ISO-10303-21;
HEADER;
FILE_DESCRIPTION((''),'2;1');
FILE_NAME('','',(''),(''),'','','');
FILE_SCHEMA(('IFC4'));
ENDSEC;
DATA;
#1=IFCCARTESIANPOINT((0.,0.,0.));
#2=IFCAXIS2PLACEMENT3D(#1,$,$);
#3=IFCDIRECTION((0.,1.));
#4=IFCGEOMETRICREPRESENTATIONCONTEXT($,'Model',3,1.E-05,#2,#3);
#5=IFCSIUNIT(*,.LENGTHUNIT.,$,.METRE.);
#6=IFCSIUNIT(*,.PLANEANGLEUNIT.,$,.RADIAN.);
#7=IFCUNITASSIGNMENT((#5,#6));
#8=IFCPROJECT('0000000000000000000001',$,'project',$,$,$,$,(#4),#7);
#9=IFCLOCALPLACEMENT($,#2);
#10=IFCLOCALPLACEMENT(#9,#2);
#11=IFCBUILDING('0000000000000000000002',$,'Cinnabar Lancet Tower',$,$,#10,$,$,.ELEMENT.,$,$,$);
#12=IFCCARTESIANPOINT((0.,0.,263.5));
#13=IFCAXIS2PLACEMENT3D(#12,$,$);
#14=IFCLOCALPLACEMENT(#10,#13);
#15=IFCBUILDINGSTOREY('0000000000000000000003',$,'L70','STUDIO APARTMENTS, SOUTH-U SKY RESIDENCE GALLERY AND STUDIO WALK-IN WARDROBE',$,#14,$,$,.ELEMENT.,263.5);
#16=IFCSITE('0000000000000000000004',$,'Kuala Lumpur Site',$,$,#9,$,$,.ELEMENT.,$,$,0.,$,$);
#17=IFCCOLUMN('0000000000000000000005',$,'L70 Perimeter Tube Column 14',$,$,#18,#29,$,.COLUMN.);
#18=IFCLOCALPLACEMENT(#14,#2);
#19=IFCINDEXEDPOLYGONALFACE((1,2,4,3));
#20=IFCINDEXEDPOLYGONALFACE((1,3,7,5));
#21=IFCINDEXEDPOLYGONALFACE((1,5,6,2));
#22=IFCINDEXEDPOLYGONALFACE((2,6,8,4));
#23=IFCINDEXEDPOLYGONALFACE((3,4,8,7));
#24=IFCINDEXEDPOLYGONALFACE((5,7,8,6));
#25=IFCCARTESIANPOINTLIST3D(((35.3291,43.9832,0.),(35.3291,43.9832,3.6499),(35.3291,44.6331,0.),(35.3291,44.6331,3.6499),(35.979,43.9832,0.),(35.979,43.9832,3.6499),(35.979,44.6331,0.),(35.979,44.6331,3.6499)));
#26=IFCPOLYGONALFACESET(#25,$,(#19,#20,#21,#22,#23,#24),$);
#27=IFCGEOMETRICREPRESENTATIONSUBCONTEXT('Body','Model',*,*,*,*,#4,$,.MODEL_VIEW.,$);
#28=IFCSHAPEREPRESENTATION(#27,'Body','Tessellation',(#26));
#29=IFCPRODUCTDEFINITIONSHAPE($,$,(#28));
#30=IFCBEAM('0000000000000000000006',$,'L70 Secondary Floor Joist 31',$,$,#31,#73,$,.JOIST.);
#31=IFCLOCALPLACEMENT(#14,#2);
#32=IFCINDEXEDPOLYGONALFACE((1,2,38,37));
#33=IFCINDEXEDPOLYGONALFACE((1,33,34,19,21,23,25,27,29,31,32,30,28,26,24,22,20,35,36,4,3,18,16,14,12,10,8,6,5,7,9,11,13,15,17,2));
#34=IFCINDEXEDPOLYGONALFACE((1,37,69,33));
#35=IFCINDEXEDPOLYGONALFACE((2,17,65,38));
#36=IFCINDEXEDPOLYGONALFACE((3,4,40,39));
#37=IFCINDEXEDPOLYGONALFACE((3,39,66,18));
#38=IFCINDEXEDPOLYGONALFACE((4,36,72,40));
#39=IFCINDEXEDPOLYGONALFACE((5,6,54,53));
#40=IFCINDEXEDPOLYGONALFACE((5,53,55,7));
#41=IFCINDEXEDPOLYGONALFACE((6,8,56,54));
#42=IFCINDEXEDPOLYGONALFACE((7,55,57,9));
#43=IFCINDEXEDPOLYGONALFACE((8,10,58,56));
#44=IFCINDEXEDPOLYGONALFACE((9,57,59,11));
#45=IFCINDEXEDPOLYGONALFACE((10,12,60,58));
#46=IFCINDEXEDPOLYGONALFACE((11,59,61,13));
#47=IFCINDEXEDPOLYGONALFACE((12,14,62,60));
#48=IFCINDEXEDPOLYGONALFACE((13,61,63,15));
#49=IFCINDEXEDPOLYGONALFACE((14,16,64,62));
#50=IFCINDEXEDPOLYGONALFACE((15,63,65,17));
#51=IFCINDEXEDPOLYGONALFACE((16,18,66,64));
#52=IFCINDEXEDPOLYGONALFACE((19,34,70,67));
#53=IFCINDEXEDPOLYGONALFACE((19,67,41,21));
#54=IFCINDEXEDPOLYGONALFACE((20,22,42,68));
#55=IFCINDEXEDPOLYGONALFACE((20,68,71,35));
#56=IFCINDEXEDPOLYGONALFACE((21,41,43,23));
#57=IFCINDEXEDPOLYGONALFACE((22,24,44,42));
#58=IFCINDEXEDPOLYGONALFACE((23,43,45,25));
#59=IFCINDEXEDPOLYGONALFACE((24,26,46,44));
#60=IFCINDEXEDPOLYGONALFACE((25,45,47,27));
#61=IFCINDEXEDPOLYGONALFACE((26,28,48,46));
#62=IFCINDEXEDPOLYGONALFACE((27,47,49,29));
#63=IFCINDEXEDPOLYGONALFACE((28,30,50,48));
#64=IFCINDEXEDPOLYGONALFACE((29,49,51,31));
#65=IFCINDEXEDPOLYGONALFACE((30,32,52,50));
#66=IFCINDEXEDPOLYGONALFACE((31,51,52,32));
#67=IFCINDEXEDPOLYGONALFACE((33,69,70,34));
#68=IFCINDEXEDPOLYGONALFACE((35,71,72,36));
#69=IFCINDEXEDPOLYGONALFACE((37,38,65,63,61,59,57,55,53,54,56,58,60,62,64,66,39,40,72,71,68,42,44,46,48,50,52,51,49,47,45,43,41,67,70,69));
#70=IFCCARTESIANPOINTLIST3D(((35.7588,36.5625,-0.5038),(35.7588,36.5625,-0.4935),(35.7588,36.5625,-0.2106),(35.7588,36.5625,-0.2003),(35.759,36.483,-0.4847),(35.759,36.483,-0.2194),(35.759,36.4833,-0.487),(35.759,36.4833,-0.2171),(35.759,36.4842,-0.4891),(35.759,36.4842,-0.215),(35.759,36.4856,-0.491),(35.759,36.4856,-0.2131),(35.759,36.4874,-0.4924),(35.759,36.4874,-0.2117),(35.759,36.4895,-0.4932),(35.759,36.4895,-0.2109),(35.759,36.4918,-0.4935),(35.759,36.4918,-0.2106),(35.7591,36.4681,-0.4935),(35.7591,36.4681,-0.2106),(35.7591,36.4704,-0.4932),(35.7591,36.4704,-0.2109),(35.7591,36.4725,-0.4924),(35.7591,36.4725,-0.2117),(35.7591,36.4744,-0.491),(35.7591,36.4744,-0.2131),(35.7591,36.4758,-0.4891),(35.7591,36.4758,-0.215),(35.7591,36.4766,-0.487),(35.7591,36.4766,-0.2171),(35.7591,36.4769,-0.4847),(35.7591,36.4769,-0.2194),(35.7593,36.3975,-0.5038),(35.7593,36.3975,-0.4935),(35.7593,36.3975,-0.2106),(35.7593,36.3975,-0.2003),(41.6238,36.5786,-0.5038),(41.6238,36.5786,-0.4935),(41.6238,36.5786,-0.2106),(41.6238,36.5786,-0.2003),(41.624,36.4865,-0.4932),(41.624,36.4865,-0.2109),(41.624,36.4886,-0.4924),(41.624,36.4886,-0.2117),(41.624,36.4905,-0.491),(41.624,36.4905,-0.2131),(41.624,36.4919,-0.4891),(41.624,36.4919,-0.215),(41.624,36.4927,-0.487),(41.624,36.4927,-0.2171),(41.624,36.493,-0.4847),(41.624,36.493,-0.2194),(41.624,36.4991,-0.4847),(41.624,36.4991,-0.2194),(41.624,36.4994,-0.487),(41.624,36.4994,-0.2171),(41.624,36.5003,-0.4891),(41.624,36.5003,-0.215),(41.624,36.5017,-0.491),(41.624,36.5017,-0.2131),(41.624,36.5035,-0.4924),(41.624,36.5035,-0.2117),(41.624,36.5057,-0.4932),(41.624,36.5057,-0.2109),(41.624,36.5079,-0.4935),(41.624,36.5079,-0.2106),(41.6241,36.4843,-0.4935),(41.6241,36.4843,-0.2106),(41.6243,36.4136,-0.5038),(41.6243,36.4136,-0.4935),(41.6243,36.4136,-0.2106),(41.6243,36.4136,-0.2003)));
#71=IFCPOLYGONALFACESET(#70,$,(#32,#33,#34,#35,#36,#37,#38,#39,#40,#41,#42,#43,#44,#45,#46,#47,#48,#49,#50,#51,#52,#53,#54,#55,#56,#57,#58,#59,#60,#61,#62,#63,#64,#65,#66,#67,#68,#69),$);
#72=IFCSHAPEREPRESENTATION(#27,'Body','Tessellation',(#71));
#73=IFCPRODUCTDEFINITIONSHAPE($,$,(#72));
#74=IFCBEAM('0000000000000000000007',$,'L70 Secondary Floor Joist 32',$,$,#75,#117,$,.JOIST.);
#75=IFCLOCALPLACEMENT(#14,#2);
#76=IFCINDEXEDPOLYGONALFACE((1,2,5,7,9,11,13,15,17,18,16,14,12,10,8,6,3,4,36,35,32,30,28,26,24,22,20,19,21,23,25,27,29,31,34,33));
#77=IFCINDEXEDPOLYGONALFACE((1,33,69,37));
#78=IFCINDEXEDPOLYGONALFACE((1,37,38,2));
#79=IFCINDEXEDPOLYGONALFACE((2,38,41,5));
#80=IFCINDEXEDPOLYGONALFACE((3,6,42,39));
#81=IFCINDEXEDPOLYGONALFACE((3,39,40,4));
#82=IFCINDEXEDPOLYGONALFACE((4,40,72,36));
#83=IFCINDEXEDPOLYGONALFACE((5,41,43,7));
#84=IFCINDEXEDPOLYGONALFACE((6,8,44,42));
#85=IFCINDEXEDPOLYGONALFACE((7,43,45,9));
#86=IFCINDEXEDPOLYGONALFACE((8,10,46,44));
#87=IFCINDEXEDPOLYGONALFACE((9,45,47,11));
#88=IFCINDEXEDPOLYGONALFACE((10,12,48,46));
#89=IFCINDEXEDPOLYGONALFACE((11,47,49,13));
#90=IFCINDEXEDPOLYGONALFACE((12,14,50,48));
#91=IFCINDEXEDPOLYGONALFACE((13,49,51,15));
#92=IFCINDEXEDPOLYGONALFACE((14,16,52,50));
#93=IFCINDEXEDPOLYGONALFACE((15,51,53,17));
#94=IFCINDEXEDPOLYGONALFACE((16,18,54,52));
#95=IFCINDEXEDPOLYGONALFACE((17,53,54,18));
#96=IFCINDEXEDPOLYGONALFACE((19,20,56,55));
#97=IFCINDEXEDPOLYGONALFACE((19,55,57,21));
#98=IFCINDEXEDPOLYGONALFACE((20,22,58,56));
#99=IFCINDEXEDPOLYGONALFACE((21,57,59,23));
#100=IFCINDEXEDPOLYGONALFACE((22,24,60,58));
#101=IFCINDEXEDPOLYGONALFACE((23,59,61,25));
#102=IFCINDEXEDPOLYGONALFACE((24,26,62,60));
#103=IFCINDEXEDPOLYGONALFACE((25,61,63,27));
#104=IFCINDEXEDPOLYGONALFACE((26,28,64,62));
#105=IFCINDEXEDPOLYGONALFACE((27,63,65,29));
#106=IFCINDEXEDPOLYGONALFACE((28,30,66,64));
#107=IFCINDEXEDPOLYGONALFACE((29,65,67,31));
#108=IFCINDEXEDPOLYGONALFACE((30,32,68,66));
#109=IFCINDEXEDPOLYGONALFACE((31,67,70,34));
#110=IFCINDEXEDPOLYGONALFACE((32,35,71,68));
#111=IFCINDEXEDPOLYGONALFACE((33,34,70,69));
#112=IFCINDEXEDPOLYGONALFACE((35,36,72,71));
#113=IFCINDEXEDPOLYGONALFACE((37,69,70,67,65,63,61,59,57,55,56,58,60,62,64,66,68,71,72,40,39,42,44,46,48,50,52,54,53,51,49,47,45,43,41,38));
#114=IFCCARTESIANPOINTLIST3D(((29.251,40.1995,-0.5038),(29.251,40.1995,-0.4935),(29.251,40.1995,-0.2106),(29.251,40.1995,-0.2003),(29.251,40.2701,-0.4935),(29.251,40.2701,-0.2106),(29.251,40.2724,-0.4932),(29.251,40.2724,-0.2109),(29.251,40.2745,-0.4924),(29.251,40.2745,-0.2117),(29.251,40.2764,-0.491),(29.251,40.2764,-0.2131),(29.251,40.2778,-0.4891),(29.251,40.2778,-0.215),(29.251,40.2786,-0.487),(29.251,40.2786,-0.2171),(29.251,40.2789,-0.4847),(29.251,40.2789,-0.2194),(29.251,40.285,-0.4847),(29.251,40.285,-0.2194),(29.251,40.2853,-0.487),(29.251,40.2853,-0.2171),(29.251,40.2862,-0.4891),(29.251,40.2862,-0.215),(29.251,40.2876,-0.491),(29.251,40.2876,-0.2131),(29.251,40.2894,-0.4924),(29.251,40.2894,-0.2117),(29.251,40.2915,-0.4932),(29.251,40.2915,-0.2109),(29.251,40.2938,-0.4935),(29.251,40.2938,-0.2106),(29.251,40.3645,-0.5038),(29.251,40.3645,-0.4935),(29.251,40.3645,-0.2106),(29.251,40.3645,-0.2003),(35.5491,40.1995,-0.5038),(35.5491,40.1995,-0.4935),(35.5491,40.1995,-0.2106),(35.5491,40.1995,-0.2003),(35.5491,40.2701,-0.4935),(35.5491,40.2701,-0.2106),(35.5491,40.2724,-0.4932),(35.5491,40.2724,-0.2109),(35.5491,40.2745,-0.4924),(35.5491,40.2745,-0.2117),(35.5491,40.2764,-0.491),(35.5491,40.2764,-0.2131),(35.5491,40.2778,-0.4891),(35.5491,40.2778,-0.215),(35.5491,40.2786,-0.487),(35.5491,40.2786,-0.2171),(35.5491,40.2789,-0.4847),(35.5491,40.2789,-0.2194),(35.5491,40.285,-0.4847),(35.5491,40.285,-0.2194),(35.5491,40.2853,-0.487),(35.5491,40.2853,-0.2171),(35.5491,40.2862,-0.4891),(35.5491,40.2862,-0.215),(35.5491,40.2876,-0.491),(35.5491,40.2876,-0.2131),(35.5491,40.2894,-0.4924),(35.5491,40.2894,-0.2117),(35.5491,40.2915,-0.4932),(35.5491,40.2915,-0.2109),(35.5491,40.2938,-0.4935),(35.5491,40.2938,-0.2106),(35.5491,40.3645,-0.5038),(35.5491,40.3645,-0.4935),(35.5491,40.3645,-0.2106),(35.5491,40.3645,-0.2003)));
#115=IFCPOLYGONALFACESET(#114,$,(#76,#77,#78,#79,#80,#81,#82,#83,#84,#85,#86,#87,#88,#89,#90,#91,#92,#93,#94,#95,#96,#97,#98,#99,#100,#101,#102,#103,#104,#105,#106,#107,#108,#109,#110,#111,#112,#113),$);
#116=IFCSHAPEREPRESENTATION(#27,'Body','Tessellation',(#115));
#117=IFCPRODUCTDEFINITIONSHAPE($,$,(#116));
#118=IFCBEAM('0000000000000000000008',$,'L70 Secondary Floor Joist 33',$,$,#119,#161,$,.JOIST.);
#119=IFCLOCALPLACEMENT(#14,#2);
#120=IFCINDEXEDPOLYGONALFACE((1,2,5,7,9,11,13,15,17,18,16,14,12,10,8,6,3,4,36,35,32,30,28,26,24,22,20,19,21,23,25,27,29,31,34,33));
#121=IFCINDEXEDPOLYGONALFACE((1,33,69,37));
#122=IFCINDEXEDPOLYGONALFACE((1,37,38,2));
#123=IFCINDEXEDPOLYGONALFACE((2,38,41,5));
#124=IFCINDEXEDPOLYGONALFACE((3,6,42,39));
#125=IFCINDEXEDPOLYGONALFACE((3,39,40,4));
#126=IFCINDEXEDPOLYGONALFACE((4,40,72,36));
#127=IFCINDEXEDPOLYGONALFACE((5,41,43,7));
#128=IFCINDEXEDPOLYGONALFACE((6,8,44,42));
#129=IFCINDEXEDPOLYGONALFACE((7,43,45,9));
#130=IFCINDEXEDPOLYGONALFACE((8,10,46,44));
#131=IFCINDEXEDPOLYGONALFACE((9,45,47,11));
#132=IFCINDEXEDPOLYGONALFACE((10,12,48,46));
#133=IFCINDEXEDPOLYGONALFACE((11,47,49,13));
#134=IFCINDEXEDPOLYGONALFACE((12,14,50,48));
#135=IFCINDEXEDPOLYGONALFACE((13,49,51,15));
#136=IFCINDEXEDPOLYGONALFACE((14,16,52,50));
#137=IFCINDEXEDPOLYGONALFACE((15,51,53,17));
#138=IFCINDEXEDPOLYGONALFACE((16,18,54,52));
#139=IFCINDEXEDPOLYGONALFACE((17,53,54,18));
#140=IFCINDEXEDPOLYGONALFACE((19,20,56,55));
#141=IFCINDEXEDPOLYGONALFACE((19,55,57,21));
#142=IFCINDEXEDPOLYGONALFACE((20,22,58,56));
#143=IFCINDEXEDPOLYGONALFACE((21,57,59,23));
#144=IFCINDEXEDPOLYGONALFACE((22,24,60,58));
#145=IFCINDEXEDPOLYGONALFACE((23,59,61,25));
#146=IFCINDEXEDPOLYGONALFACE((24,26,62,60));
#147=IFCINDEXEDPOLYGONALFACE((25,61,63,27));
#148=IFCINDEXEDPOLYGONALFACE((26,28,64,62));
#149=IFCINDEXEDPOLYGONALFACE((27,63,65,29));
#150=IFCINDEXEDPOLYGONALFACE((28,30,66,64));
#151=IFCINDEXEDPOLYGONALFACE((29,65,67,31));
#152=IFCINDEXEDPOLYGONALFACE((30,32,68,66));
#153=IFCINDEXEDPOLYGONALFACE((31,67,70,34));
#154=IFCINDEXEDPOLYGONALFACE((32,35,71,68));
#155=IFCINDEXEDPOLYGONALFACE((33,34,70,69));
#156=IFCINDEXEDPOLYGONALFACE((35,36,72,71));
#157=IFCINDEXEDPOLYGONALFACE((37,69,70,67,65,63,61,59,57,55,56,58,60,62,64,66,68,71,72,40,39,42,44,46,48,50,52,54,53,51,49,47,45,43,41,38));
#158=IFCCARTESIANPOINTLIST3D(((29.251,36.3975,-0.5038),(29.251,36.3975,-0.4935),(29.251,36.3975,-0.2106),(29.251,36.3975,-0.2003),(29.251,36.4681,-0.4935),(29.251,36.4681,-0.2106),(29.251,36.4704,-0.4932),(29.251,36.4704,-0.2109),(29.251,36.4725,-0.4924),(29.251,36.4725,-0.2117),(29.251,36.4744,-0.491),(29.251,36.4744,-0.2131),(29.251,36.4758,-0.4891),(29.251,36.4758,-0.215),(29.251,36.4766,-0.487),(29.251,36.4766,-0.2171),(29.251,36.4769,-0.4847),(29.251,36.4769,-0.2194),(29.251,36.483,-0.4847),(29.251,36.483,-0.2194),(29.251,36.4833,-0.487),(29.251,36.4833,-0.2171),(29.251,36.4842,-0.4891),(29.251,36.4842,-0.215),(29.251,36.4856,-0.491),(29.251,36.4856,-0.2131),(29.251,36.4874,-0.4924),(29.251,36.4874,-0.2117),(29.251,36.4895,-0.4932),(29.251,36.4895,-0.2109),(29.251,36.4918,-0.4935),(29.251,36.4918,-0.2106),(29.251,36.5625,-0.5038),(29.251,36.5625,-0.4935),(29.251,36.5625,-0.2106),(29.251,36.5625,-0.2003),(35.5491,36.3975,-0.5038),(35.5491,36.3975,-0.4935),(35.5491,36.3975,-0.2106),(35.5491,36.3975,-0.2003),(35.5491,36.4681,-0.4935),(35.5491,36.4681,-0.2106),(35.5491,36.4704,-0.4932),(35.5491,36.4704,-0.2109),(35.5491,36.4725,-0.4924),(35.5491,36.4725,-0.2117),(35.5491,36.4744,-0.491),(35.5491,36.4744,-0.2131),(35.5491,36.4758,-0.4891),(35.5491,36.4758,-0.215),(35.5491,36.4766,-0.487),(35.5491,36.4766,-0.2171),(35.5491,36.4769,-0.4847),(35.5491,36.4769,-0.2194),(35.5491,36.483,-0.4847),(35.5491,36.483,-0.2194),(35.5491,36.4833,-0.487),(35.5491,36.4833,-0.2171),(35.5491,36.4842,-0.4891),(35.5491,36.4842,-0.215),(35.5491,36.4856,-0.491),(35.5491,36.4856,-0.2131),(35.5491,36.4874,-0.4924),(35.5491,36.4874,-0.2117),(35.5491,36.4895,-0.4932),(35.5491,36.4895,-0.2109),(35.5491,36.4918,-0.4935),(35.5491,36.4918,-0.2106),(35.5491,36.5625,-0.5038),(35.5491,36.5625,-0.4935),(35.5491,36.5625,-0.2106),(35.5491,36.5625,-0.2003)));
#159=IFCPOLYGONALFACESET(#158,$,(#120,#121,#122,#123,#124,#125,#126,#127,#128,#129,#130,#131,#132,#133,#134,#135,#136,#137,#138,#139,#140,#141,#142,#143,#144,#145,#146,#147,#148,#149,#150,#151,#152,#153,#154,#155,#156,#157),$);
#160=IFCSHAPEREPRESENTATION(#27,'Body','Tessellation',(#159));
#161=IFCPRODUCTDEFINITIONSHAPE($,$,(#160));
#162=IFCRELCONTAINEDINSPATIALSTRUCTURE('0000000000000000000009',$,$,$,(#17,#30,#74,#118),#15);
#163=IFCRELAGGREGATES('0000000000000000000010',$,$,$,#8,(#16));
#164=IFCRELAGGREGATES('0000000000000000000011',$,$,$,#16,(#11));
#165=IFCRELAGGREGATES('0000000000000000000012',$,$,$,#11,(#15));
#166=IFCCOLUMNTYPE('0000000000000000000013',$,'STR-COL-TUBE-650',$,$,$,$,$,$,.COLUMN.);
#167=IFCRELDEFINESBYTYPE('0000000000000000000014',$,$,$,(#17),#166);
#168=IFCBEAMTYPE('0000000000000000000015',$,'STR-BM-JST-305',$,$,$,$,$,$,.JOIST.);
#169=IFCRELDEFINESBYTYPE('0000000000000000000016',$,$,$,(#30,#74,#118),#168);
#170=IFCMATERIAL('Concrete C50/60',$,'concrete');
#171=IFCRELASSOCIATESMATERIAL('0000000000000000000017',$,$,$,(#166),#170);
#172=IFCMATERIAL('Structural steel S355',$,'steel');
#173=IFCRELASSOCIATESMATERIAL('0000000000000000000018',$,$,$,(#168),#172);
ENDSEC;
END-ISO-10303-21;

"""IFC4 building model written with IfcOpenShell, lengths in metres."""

from ifc_helpers import new_model, si_unit, direction, frame, origin, origin_2d, place, context, subcontext, project, spatial, rectangle, i_section, extrude, material, material_profile, profile_set, type_object, element, save


model = new_model("IFC4")

# Units and contexts
model_context = context("Model", 3, precision=1e-05, world=origin(), true_north=direction((0.0, 1.0)))
body_context = subcontext(model_context, "Body", "Model", "MODEL_VIEW")
ifc_project = project(units=[si_unit("LENGTHUNIT", "METRE"), si_unit("PLANEANGLEUNIT", "RADIAN")], contexts=[model_context])

# Site, building, storey
site_placement = place(None, origin())
site = spatial("IfcSite", under=ifc_project, at=site_placement, Name="Kuala Lumpur Site", CompositionType="ELEMENT", RefElevation=0.0)
building_placement = place(site_placement, origin())
building = spatial("IfcBuilding", under=site, at=building_placement, Name="Cinnabar Lancet Tower", CompositionType="ELEMENT")
storey_placement = place(building_placement, frame((0.0, 0.0, 263.5)))
storey = spatial("IfcBuildingStorey", under=building, at=storey_placement, Name="L70", Description="STUDIO APARTMENTS, SOUTH-U SKY RESIDENCE GALLERY AND STUDIO WALK-IN WARDROBE", CompositionType="ELEMENT", Elevation=263.5)

# Column
ifc_material_1 = material(Name="Concrete C50/60", Category="concrete")
ifc_material_profile_1 = material_profile(ifc_material_1, rectangle(XDim=0.6499, YDim=0.6499, at=origin_2d()), Name="RC-COL 650x650")
ifc_profile_set_1 = profile_set([ifc_material_profile_1], Name="Concrete C50/60")
column_type = type_object("IfcColumnType", Name="STR-COL-TUBE-650", PredefinedType="COLUMN", material=ifc_profile_set_1)
column_placement = place(storey_placement, frame((35.6541, 44.3081, 0.0), z_axis=(0.0, 0.0, 1.0), x_axis=(1.0, 0.0, 0.0)))
element("IfcColumn", 1, at=column_placement, inside=storey, type_object=column_type, Name="L70 Perimeter Tube Column 14", PredefinedType="COLUMN", context=body_context, shape_type="SweptSolid", body=[
    extrude(rectangle(XDim=0.6499, YDim=0.6499, at=origin_2d()), origin(), (0.0, 0.0, 1.0), 3.6499),
])

# Beams
ifc_material_2 = material(Name="Structural steel S355", Category="steel")
ifc_material_profile_2 = material_profile(ifc_material_2, i_section(OverallWidth=0.165, OverallDepth=0.3035, WebThickness=0.0061, FlangeThickness=0.0103, FilletRadius=0.0088, at=origin_2d()), Name="UKB 305x165x40")
ifc_profile_set_2 = profile_set([ifc_material_profile_2], Name="Structural steel S355")
beam_type_1 = type_object("IfcBeamType", Name="STR-BM-JST-305", PredefinedType="JOIST", material=ifc_profile_set_2)
beam_1_placement = place(storey_placement, frame((41.624, 36.4961, -0.3521), z_axis=(-0.999996, -0.002747, 0.0), x_axis=(0.002747, -0.999996, 0.0)))
element("IfcBeam", 2, at=beam_1_placement, inside=storey, type_object=beam_type_1, Name="L70 Secondary Floor Joist 31", PredefinedType="JOIST", context=body_context, shape_type="SweptSolid", body=[
    extrude(i_section(OverallWidth=0.165, OverallDepth=0.3035, WebThickness=0.0061, FlangeThickness=0.0103, FilletRadius=0.0088, at=origin_2d()), origin(), (0.0, 0.0, 1.0), 5.865),
])
for number, where, z_axis, x_axis, name in (
    (3, (35.5491, 40.282, -0.3521), (-1.0, 0.0, 0.0), (0.0, -1.0, 0.0), "L70 Secondary Floor Joist 32"),
    (4, (35.5491, 36.48, -0.3521), (-1.0, 0.0, 0.0), (0.0, -1.0, 0.0), "L70 Secondary Floor Joist 33"),
):
    element("IfcBeam", number, at=place(storey_placement, frame(where, z_axis=z_axis, x_axis=x_axis)), inside=storey, type_object=beam_type_1, Name=name, PredefinedType="JOIST", context=body_context, shape_type="SweptSolid", body=[
        extrude(i_section(OverallWidth=0.165, OverallDepth=0.3035, WebThickness=0.0061, FlangeThickness=0.0103, FilletRadius=0.0088, at=origin_2d()), origin(), (0.0, 0.0, 1.0), 6.2981),
    ])

save(model, "model.ifc")
